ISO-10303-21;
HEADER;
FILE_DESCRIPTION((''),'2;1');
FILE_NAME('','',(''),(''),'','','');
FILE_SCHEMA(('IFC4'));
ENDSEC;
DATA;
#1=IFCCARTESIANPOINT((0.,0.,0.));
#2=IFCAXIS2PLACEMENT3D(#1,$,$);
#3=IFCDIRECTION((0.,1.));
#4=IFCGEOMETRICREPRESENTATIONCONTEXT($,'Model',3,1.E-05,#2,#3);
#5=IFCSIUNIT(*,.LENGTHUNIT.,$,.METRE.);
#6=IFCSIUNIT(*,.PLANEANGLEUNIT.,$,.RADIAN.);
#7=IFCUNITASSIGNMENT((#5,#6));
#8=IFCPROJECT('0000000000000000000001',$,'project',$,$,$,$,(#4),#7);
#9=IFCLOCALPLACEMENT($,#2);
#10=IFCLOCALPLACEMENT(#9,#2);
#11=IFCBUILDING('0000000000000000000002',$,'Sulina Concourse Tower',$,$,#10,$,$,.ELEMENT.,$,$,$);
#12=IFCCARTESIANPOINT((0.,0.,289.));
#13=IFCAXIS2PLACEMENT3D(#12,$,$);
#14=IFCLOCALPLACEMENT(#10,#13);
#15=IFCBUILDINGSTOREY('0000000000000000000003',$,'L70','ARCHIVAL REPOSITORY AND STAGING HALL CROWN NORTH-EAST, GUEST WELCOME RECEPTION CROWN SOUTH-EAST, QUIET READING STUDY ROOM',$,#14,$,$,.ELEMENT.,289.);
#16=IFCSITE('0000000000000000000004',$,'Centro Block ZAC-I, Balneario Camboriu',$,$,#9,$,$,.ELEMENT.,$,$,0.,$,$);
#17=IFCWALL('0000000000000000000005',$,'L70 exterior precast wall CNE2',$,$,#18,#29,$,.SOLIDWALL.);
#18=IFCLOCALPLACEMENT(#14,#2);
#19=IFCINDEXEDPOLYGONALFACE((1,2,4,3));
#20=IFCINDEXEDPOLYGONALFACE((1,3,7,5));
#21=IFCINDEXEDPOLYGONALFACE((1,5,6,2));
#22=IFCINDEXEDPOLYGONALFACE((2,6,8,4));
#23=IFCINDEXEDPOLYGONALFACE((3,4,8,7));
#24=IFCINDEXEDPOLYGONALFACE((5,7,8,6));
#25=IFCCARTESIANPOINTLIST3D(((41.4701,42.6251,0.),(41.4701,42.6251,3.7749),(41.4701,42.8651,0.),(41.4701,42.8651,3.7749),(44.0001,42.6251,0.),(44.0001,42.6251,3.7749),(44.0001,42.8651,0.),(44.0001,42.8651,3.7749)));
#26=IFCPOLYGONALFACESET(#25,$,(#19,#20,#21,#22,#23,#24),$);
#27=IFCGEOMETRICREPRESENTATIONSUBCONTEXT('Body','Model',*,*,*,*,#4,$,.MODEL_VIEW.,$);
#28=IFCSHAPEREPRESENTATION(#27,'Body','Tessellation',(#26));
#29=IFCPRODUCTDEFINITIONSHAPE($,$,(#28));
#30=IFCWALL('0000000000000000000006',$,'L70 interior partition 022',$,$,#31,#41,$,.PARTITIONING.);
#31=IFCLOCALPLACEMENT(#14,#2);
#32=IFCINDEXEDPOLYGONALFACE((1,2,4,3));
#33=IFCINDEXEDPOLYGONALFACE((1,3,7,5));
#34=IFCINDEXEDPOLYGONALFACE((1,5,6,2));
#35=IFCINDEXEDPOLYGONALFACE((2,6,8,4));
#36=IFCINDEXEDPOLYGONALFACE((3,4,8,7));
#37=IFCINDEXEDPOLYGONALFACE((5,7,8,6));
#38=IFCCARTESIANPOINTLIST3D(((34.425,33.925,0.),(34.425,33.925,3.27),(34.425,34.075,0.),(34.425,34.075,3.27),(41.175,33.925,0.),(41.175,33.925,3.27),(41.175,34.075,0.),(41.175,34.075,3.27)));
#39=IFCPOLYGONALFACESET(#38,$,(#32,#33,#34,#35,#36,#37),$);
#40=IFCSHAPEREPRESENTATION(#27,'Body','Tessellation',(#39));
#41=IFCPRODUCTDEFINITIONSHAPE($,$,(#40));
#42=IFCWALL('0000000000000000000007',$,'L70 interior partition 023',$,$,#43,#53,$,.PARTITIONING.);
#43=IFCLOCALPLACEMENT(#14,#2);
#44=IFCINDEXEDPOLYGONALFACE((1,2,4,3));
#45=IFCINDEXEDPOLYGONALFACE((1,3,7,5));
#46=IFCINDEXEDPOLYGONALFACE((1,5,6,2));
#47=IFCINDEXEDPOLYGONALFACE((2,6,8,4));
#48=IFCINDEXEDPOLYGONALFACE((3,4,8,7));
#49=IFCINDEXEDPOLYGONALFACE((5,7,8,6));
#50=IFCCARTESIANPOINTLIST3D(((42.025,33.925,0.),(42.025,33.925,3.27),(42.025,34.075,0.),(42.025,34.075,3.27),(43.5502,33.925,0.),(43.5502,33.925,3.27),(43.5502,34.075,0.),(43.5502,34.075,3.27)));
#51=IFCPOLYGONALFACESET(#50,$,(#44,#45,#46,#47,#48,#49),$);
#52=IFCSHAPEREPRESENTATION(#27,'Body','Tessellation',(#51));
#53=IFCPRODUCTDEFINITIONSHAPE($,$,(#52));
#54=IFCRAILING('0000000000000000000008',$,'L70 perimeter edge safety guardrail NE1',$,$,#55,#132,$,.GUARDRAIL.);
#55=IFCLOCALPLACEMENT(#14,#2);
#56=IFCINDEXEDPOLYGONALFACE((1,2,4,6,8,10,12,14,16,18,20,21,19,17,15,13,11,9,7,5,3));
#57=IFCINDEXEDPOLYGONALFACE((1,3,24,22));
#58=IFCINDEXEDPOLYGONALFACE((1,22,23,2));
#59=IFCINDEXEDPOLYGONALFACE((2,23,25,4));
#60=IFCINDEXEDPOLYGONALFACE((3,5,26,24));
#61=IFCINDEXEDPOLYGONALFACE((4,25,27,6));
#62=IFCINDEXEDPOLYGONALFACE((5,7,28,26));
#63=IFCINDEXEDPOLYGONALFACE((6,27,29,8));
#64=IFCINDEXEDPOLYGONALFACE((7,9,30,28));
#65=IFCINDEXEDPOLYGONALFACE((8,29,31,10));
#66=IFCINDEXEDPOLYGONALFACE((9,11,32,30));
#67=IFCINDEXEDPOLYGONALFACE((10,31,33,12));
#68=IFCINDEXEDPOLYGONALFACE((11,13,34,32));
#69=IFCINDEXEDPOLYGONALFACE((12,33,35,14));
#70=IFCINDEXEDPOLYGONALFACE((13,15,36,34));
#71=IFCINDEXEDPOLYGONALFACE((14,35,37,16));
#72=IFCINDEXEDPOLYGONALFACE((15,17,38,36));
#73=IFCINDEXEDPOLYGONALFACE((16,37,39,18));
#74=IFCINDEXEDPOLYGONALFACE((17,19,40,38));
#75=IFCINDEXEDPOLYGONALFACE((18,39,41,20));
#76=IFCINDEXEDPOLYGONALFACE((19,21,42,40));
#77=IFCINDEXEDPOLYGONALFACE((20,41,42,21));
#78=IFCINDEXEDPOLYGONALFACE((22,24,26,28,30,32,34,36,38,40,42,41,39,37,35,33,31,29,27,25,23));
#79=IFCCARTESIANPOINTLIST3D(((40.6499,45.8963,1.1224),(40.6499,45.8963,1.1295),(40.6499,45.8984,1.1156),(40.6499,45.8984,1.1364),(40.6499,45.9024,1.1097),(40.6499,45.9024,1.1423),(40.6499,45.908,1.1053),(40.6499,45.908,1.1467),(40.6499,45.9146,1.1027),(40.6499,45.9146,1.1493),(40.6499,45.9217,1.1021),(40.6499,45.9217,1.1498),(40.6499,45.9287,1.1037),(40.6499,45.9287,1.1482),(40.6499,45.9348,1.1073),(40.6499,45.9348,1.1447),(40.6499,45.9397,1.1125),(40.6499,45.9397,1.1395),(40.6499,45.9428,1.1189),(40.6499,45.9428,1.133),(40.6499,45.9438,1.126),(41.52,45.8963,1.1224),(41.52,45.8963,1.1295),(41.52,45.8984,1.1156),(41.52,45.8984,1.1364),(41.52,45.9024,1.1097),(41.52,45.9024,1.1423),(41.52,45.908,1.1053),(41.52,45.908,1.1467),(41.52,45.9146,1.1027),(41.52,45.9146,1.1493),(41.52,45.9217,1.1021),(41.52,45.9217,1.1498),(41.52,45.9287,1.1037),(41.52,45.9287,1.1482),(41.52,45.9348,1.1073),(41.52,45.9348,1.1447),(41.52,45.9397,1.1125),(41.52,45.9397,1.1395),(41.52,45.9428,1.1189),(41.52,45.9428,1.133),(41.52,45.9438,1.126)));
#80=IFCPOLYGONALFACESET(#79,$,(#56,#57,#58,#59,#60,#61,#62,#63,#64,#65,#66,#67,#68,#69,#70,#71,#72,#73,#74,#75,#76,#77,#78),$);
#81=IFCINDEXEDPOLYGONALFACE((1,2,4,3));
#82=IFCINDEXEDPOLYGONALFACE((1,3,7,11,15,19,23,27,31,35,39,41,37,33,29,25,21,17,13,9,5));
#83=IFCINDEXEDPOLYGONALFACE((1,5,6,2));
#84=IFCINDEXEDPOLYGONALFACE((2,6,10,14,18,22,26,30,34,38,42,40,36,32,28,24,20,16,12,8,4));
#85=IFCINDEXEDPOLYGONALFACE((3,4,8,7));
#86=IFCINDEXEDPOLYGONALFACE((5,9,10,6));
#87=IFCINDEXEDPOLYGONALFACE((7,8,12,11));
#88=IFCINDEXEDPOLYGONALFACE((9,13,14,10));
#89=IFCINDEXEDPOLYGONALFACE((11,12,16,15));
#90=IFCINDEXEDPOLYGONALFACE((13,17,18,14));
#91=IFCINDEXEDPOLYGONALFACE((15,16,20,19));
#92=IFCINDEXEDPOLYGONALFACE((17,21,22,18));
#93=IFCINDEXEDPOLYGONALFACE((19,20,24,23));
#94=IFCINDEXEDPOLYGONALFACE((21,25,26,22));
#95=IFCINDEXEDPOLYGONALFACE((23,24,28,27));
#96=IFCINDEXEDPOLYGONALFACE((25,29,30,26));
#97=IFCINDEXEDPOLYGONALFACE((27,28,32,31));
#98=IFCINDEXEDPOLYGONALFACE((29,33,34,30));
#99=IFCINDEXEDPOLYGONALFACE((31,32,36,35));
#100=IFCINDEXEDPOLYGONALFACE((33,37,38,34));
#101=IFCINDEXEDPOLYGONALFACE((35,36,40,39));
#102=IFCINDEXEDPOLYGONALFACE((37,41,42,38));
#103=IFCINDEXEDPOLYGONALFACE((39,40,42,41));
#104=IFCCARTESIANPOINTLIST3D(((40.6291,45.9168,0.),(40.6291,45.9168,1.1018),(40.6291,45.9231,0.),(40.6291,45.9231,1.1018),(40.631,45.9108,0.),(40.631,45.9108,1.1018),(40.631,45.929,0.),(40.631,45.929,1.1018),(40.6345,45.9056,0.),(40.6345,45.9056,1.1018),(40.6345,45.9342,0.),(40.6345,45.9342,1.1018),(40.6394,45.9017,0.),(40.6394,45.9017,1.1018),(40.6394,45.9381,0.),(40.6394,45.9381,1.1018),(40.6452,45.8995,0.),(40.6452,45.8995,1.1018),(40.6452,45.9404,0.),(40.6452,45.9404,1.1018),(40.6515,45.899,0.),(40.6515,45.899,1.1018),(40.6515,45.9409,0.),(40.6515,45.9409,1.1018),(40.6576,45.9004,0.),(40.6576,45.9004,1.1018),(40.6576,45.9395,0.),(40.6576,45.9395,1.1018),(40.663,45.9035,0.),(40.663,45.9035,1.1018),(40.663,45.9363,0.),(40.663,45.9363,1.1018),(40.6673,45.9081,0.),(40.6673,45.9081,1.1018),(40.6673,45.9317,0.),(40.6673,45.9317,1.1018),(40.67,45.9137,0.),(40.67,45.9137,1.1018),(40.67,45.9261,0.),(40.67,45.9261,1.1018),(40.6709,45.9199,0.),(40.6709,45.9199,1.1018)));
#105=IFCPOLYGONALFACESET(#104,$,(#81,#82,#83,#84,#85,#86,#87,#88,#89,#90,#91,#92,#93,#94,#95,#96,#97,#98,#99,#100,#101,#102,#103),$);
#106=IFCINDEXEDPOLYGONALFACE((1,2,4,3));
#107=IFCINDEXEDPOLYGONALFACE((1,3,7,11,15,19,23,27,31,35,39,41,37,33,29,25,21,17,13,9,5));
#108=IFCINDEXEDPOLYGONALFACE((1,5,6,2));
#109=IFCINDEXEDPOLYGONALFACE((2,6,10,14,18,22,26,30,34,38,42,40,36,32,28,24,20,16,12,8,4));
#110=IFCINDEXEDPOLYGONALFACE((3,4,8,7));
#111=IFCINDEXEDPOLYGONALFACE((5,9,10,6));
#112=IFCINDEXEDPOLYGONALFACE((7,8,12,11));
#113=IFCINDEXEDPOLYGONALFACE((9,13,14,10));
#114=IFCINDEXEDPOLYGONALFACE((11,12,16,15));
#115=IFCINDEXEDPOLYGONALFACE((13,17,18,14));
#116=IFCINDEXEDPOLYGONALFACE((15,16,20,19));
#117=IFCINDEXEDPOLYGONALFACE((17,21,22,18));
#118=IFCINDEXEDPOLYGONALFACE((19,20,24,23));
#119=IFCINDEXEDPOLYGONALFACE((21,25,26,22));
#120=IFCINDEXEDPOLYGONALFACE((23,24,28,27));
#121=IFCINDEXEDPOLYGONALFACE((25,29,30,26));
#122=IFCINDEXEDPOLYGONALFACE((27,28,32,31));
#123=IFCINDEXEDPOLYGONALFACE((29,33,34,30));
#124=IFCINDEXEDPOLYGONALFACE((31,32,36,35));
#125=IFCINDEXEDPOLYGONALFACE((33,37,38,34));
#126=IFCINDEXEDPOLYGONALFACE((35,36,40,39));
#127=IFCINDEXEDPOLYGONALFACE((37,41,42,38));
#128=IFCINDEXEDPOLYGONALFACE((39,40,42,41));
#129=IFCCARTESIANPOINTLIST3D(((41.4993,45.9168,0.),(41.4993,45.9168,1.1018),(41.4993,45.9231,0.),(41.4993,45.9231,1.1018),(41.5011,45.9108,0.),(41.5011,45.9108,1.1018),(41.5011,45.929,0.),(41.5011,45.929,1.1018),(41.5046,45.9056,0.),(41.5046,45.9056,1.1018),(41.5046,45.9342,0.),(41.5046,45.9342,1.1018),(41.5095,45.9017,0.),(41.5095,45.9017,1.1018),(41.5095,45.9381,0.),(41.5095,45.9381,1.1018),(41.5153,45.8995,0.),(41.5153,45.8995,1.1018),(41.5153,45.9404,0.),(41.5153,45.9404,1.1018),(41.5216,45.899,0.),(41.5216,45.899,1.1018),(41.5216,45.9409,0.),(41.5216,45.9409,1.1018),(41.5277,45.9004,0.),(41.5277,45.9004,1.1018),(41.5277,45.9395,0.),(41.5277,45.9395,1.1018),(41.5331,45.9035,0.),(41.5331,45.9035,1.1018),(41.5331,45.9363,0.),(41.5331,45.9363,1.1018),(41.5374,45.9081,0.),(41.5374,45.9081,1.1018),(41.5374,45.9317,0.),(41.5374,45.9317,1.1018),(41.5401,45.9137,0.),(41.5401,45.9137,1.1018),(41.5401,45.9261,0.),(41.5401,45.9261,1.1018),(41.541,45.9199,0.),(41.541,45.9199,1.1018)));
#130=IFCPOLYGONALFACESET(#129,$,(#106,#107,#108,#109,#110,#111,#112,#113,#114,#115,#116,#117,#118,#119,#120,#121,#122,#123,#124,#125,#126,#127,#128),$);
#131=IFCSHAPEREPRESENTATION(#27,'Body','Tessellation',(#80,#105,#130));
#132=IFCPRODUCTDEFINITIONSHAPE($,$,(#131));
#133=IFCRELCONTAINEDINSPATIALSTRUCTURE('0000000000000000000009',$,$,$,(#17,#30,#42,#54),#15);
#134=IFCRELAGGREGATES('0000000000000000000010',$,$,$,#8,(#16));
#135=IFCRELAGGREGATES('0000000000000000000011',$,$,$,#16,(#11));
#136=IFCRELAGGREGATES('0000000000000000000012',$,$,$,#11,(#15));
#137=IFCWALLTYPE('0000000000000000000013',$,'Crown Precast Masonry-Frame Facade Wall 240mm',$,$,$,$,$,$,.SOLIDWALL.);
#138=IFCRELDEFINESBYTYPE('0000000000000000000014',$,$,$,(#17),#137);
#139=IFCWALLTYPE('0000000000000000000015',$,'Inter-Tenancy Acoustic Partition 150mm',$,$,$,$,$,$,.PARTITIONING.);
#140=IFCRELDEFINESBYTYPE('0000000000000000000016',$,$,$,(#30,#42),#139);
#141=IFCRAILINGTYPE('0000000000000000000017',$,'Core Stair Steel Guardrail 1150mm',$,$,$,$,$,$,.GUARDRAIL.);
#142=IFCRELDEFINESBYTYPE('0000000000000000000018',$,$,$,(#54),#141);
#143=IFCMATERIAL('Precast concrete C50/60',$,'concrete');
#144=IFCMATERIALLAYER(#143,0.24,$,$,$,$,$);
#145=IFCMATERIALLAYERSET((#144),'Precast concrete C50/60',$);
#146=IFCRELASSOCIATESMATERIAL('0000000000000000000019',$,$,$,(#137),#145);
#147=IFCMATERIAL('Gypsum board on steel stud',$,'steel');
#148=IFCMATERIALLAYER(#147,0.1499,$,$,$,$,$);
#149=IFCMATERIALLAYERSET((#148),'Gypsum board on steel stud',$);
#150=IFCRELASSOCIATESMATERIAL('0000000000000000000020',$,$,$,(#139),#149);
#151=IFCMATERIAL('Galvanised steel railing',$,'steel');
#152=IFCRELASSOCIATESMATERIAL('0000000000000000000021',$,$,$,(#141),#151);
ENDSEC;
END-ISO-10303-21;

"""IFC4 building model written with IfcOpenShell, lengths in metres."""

from ifc_helpers import new_model, si_unit, direction, frame, frame_2d, origin, origin_2d, place, context, subcontext, project, spatial, rectangle, circle, extrude, material, layer, layer_set, type_object, element, save


model = new_model("IFC4")

# Units and contexts
model_context = context("Model", 3, precision=1e-05, world=origin(), true_north=direction((0.0, 1.0)))
body_context = subcontext(model_context, "Body", "Model", "MODEL_VIEW")
ifc_project = project(units=[si_unit("LENGTHUNIT", "METRE"), si_unit("PLANEANGLEUNIT", "RADIAN")], contexts=[model_context])

# Site, building, storey
site_placement = place(None, origin())
site = spatial("IfcSite", under=ifc_project, at=site_placement, Name="Centro Block ZAC-I, Balneario Camboriu", CompositionType="ELEMENT", RefElevation=0.0)
building_placement = place(site_placement, origin())
building = spatial("IfcBuilding", under=site, at=building_placement, Name="Sulina Concourse Tower", CompositionType="ELEMENT")
storey_placement = place(building_placement, frame((0.0, 0.0, 289.0)))
storey = spatial("IfcBuildingStorey", under=building, at=storey_placement, Name="L70", Description="ARCHIVAL REPOSITORY AND STAGING HALL CROWN NORTH-EAST, GUEST WELCOME RECEPTION CROWN SOUTH-EAST, QUIET READING STUDY ROOM", CompositionType="ELEMENT", Elevation=289.0)

# Walls
ifc_material_1 = material(Name="Precast concrete C50/60", Category="concrete")
ifc_layer_1 = layer(ifc_material_1, 0.24)
ifc_layer_set_1 = layer_set([ifc_layer_1], Name="Precast concrete C50/60")
wall_type_1 = type_object("IfcWallType", Name="Crown Precast Masonry-Frame Facade Wall 240mm", PredefinedType="SOLIDWALL", material=ifc_layer_set_1)
wall_1_placement = place(storey_placement, frame((41.47, 42.7451, 0.0), z_axis=(0.0, 0.0, 1.0), x_axis=(1.0, 0.0, 0.0)))
element("IfcWall", 1, at=wall_1_placement, inside=storey, type_object=wall_type_1, Name="L70 exterior precast wall CNE2", PredefinedType="SOLIDWALL", context=body_context, shape_type="SweptSolid", body=[
    extrude(rectangle(XDim=2.53, YDim=0.24, at=frame_2d((1.2651, 0.0))), origin(), (0.0, 0.0, 1.0), 3.7749),
])
ifc_material_2 = material(Name="Gypsum board on steel stud", Category="steel")
ifc_layer_2 = layer(ifc_material_2, 0.1499)
ifc_layer_set_2 = layer_set([ifc_layer_2], Name="Gypsum board on steel stud")
wall_type_2 = type_object("IfcWallType", Name="Inter-Tenancy Acoustic Partition 150mm", PredefinedType="PARTITIONING", material=ifc_layer_set_2)
wall_2_placement = place(storey_placement, frame((34.425, 34.0, 0.0), z_axis=(0.0, 0.0, 1.0), x_axis=(1.0, 0.0, 0.0)))
element("IfcWall", 2, at=wall_2_placement, inside=storey, type_object=wall_type_2, Name="L70 interior partition 022", PredefinedType="PARTITIONING", context=body_context, shape_type="SweptSolid", body=[
    extrude(rectangle(XDim=6.75, YDim=0.1499, at=frame_2d((3.375, 0.0))), origin(), (0.0, 0.0, 1.0), 3.27),
])
wall_3_placement = place(storey_placement, frame((42.0249, 34.0, 0.0), z_axis=(0.0, 0.0, 1.0), x_axis=(1.0, 0.0, 0.0)))
element("IfcWall", 3, at=wall_3_placement, inside=storey, type_object=wall_type_2, Name="L70 interior partition 023", PredefinedType="PARTITIONING", context=body_context, shape_type="SweptSolid", body=[
    extrude(rectangle(XDim=1.5251, YDim=0.1499, at=frame_2d((0.7627, 0.0))), origin(), (0.0, 0.0, 1.0), 3.27),
])

# Railing
ifc_material_3 = material(Name="Galvanised steel railing", Category="steel")
railing_type_1 = type_object("IfcRailingType", Name="Core Stair Steel Guardrail 1150mm", PredefinedType="GUARDRAIL", material=ifc_material_3)
railing_1_placement = place(storey_placement, frame((40.6499, 45.9199, 0.0)))
element("IfcRailing", 4, at=railing_1_placement, inside=storey, type_object=railing_type_1, Name="L70 perimeter edge safety guardrail NE1", PredefinedType="GUARDRAIL", context=body_context, shape_type="SweptSolid", body=[
    extrude(circle(Radius=0.0239, at=origin_2d()), frame((0.0, 0.0, 1.126), z_axis=(1.0, 0.0, 0.0), x_axis=(0.0, 1.0, 0.0)), (0.0, 0.0, 1.0), 0.8701),
    extrude(circle(Radius=0.021, at=origin_2d()), origin(), (0.0, 0.0, 1.0), 1.1018),
    extrude(circle(Radius=0.021, at=origin_2d()), frame((0.8701, 0.0, 0.0)), (0.0, 0.0, 1.0), 1.1018),
])

save(model, "model.ifc")
